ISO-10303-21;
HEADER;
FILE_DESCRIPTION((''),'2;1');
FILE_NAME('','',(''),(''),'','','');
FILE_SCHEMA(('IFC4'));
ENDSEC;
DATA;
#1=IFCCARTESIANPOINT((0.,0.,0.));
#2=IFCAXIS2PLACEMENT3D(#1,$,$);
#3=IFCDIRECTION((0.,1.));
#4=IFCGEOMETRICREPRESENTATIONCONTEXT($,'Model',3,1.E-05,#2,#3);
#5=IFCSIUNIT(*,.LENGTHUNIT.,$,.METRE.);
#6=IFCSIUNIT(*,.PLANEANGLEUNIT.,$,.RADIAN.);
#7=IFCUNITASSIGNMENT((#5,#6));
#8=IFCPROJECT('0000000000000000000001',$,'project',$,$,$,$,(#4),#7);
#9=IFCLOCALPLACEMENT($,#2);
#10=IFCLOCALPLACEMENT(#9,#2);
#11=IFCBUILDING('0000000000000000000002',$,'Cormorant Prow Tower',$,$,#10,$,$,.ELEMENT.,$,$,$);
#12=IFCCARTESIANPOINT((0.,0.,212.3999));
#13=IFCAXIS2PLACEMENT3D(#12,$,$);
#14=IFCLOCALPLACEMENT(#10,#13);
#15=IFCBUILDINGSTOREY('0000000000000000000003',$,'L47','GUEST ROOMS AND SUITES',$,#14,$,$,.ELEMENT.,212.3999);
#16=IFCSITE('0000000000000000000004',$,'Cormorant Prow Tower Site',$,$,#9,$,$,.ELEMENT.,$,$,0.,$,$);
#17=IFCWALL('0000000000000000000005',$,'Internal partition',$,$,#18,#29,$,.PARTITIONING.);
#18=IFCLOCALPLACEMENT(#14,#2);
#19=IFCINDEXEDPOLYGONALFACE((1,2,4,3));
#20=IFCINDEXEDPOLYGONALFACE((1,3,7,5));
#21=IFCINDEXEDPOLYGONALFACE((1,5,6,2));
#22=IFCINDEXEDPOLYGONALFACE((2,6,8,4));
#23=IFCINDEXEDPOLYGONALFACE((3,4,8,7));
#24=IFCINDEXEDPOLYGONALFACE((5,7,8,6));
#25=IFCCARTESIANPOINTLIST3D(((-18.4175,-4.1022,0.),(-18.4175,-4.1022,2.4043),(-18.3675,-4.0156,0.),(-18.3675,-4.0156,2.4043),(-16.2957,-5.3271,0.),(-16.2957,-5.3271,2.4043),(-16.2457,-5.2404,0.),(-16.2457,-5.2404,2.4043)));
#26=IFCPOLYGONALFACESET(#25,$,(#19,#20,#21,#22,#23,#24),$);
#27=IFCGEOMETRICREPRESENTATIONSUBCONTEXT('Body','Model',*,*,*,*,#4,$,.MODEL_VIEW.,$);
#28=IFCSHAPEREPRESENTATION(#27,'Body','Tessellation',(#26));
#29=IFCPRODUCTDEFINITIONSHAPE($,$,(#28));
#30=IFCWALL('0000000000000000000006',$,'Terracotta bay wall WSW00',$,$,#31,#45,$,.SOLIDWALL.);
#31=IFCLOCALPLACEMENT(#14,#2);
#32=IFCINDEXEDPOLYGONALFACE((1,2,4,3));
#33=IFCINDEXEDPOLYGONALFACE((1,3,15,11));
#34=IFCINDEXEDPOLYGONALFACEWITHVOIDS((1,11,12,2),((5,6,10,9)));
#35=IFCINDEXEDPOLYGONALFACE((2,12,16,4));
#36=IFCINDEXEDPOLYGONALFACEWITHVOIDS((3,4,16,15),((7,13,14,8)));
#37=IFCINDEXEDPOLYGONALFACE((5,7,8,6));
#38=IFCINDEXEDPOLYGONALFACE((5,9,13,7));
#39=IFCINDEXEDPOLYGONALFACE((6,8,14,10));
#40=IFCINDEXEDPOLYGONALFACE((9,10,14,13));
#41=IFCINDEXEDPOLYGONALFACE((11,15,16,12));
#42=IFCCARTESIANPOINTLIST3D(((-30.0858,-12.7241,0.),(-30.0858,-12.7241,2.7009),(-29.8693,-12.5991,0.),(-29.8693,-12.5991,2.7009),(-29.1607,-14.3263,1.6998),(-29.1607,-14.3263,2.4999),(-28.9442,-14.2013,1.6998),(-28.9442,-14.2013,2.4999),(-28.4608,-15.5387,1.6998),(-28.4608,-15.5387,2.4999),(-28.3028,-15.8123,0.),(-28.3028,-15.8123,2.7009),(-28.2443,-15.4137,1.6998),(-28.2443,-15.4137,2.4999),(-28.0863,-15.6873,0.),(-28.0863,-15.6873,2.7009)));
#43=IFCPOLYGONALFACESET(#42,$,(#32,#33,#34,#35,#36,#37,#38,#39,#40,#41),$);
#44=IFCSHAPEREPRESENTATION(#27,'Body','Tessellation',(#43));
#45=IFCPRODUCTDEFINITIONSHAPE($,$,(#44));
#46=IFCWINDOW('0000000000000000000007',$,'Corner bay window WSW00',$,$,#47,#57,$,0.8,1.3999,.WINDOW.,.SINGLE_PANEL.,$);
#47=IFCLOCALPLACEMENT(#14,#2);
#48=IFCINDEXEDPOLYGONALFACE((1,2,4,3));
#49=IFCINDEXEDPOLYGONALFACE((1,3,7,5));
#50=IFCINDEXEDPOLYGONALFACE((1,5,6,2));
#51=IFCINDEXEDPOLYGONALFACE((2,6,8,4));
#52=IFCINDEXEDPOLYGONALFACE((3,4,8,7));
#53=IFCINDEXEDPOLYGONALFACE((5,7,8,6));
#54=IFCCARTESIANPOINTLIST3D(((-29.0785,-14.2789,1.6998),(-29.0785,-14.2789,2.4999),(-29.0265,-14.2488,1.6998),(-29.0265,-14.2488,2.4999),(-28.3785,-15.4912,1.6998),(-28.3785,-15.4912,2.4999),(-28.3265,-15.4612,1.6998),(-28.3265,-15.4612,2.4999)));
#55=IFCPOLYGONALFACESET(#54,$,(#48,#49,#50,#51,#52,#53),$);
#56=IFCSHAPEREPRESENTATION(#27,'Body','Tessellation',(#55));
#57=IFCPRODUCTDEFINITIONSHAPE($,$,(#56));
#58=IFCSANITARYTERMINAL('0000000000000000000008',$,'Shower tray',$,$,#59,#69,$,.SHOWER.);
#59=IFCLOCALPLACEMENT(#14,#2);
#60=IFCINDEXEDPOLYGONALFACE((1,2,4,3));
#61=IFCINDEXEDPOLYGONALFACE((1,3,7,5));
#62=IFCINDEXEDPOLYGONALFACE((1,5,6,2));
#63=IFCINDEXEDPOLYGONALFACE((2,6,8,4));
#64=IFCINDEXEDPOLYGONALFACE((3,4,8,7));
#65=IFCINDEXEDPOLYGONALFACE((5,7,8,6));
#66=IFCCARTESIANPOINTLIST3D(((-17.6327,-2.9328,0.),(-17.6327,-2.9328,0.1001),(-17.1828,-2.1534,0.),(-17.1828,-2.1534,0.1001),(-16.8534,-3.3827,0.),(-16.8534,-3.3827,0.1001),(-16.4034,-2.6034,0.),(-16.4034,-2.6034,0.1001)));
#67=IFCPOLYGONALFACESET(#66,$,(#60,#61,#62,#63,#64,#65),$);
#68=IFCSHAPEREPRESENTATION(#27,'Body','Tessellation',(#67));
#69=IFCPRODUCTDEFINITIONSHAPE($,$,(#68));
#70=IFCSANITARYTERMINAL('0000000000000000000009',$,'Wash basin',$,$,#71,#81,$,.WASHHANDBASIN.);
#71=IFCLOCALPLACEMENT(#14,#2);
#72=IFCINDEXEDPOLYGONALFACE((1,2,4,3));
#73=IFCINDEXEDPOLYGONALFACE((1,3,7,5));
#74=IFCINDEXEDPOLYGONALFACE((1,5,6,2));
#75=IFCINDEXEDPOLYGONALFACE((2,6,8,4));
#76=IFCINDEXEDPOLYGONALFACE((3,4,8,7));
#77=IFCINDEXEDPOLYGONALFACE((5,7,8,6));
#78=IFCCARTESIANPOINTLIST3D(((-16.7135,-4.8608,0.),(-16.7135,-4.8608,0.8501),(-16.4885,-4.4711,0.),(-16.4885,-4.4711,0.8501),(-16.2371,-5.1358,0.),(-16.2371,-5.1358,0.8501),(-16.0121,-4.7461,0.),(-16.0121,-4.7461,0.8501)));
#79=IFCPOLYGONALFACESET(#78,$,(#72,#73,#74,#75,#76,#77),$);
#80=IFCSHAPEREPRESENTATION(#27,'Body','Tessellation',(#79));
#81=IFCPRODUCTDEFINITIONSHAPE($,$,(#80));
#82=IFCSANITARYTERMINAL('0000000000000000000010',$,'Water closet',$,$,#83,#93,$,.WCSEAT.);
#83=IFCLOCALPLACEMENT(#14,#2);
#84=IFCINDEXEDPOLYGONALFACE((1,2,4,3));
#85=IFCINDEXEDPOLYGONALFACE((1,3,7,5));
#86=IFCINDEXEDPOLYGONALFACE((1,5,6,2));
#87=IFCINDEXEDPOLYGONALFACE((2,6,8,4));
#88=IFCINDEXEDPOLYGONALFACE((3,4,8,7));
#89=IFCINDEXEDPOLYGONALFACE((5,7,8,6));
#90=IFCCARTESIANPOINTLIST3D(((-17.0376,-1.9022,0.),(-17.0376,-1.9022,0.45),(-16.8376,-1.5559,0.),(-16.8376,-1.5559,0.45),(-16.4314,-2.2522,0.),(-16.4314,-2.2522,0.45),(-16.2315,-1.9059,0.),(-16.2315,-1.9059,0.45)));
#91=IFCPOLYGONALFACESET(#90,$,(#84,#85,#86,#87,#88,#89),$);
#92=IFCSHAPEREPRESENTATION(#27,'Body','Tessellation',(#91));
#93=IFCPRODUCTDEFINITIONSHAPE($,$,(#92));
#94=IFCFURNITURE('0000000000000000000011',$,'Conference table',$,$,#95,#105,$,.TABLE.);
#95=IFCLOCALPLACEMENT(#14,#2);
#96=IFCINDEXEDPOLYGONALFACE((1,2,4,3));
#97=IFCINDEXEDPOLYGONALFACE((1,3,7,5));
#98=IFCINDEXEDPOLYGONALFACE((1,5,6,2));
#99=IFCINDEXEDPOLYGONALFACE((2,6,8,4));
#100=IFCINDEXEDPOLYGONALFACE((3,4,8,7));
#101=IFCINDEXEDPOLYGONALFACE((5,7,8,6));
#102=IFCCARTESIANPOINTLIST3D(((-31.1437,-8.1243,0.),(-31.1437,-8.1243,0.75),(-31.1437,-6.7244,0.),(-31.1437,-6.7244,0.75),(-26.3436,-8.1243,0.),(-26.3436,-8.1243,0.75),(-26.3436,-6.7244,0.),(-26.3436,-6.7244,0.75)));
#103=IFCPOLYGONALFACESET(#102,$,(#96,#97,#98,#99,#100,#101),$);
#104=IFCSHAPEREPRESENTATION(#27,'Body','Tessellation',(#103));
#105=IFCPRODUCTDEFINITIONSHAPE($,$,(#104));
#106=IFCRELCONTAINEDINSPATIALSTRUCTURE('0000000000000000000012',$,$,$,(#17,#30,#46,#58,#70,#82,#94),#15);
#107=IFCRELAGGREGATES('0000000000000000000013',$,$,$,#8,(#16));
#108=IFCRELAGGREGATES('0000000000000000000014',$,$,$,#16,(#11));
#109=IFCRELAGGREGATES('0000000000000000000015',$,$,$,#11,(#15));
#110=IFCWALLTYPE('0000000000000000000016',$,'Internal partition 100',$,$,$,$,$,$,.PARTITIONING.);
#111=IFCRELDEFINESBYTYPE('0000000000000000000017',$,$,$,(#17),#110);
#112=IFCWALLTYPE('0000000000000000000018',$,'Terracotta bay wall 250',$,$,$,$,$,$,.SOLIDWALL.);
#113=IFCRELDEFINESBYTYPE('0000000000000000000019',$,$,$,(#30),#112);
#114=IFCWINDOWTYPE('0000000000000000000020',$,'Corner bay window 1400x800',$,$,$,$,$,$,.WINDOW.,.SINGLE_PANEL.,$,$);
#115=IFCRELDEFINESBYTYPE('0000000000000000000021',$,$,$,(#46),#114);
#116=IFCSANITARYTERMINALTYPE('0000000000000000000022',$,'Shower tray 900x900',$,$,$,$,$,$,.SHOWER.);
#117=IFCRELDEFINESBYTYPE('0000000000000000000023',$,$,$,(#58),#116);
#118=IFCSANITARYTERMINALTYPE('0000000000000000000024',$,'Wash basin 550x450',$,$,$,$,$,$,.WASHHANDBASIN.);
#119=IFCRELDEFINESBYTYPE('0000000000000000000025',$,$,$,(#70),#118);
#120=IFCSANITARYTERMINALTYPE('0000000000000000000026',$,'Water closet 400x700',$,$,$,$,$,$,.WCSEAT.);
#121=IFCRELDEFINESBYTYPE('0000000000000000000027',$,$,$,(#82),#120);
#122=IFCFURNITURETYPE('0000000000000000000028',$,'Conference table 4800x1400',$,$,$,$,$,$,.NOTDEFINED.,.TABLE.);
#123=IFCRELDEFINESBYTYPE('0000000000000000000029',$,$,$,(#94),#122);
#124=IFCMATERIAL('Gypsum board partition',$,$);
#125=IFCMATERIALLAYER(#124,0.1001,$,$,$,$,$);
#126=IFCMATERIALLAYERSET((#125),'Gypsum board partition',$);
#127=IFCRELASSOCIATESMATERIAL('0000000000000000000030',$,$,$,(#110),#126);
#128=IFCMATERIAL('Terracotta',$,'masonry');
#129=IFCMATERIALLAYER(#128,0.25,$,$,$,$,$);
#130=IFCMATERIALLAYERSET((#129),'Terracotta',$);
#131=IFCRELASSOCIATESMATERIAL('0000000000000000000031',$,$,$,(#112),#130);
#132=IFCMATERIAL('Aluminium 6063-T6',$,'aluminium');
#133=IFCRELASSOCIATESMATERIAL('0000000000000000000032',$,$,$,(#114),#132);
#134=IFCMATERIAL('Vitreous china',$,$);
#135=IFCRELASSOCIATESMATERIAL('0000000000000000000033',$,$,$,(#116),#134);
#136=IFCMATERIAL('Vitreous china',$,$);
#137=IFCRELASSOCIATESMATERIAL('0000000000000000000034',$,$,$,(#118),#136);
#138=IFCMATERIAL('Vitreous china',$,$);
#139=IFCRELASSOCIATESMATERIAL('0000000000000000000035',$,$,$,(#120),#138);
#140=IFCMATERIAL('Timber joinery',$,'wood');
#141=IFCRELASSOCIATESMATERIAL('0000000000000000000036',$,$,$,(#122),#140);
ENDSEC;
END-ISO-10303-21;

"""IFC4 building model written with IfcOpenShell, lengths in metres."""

from ifc_helpers import new_model, si_unit, direction, frame, frame_2d, origin, origin_2d, place, context, subcontext, project, spatial, rectangle, extrude, material, layer, layer_set, type_object, element, fill, save


model = new_model("IFC4")

# Units and contexts
model_context = context("Model", 3, precision=1e-05, world=origin(), true_north=direction((0.0, 1.0)))
body_context = subcontext(model_context, "Body", "Model", "MODEL_VIEW")
ifc_project = project(units=[si_unit("LENGTHUNIT", "METRE"), si_unit("PLANEANGLEUNIT", "RADIAN")], contexts=[model_context])

# Site, building, storey
site_placement = place(None, origin())
site = spatial("IfcSite", under=ifc_project, at=site_placement, Name="Cormorant Prow Tower Site", CompositionType="ELEMENT", RefElevation=0.0)
building_placement = place(site_placement, origin())
building = spatial("IfcBuilding", under=site, at=building_placement, Name="Cormorant Prow Tower", CompositionType="ELEMENT")
storey_placement = place(building_placement, frame((0.0, 0.0, 212.3999)))
storey = spatial("IfcBuildingStorey", under=building, at=storey_placement, Name="L47", Description="GUEST ROOMS AND SUITES", CompositionType="ELEMENT", Elevation=212.3999)

# Shared definitions
ifc_material_1 = material(Name="Gypsum board partition")
ifc_layer_1 = layer(ifc_material_1, 0.1001)
ifc_layer_set_1 = layer_set([ifc_layer_1], Name="Gypsum board partition")
wall_type_1 = type_object("IfcWallType", Name="Internal partition 100", PredefinedType="PARTITIONING", material=ifc_layer_set_1)

# Wall
wall_1_placement = place(storey_placement, frame((-18.3926, -4.0588, 0.0), z_axis=(0.0, 0.0, 1.0), x_axis=(0.866058, -0.499944, 0.0)))
element("IfcWall", 1, at=wall_1_placement, inside=storey, type_object=wall_type_1, Name="Internal partition", PredefinedType="PARTITIONING", context=body_context, shape_type="SweptSolid", body=[
    extrude(rectangle(XDim=2.45, YDim=0.1001, at=frame_2d((1.2251, 0.0))), origin(), (0.0, 0.0, 1.0), 2.4043),
])

# Wall, opening, window
ifc_material_2 = material(Name="Terracotta", Category="masonry")
ifc_layer_2 = layer(ifc_material_2, 0.25)
ifc_layer_set_2 = layer_set([ifc_layer_2], Name="Terracotta")
wall_type_2 = type_object("IfcWallType", Name="Terracotta bay wall 250", PredefinedType="SOLIDWALL", material=ifc_layer_set_2)
wall_2_placement = place(storey_placement, frame((-29.9775, -12.6616, 0.0), z_axis=(0.0, 0.0, 1.0), x_axis=(0.500005, -0.866023, 0.0)))
wall_2 = element("IfcWall", 2, at=wall_2_placement, inside=storey, type_object=wall_type_2, Name="Terracotta bay wall WSW00", PredefinedType="SOLIDWALL", context=body_context, shape_type="SweptSolid", body=[
    extrude(rectangle(XDim=3.5659, YDim=0.25, at=frame_2d((1.783, 0.0))), origin(), (0.0, 0.0, 1.0), 2.7009),
])
opening_1_placement = place(wall_2_placement, frame((1.8501, 0.0, 1.7)))
opening_1 = element("IfcOpeningElement", 3, at=opening_1_placement, cuts=wall_2, PredefinedType="OPENING", context=body_context, shape_type="SweptSolid", body=[
    extrude(rectangle(XDim=1.3999, YDim=0.8, at=frame_2d((0.7, 0.3999))), frame((0.0, 0.135, 0.0), z_axis=(0.0, -1.0, 0.0), x_axis=(1.0, 0.0, 0.0)), (0.0, 0.0, 1.0), 0.27),
])
ifc_material_3 = material(Name="Aluminium 6063-T6", Category="aluminium")
window_type = type_object("IfcWindowType", Name="Corner bay window 1400x800", PartitioningType="SINGLE_PANEL", PredefinedType="WINDOW", material=ifc_material_3)
window_placement = place(opening_1_placement, origin())
window = element("IfcWindow", 4, at=window_placement, inside=storey, type_object=window_type, Name="Corner bay window WSW00", OverallHeight=0.8, OverallWidth=1.3999, PartitioningType="SINGLE_PANEL", PredefinedType="WINDOW", context=body_context, shape_type="SweptSolid", body=[
    extrude(rectangle(XDim=1.3999, YDim=0.8, at=frame_2d((0.7, 0.3999))), frame((0.0, 0.03, 0.0), z_axis=(0.0, -1.0, 0.0), x_axis=(1.0, 0.0, 0.0)), (0.0, 0.0, 1.0), 0.0601),
])
fill(opening_1, window)

# Sanitary terminals
ifc_material_4 = material(Name="Vitreous china")
sanitary_terminal_type_1 = type_object("IfcSanitaryTerminalType", Name="Shower tray 900x900", PredefinedType="SHOWER", material=ifc_material_4)
sanitary_terminal_1_placement = place(storey_placement, frame((-17.0181, -2.7681, 0.0), z_axis=(0.0, 0.0, 1.0), x_axis=(0.866025, -0.5, 0.0)))
element("IfcSanitaryTerminal", 5, at=sanitary_terminal_1_placement, inside=storey, type_object=sanitary_terminal_type_1, Name="Shower tray", PredefinedType="SHOWER", context=body_context, shape_type="SweptSolid", body=[
    extrude(rectangle(XDim=0.8999, YDim=0.8999, at=origin_2d()), origin(), (0.0, 0.0, 1.0), 0.1001),
])
ifc_material_5 = material(Name="Vitreous china")
sanitary_terminal_type_2 = type_object("IfcSanitaryTerminalType", Name="Wash basin 550x450", PredefinedType="WASHHANDBASIN", material=ifc_material_5)
sanitary_terminal_2_placement = place(storey_placement, frame((-16.3628, -4.8035, 0.0), z_axis=(0.0, 0.0, 1.0), x_axis=(-0.866025, 0.5, 0.0)))
element("IfcSanitaryTerminal", 6, at=sanitary_terminal_2_placement, inside=storey, type_object=sanitary_terminal_type_2, Name="Wash basin", PredefinedType="WASHHANDBASIN", context=body_context, shape_type="SweptSolid", body=[
    extrude(rectangle(XDim=0.55, YDim=0.45, at=origin_2d()), origin(), (0.0, 0.0, 1.0), 0.8501),
])
ifc_material_6 = material(Name="Vitreous china")
sanitary_terminal_type_3 = type_object("IfcSanitaryTerminalType", Name="Water closet 400x700", PredefinedType="WCSEAT", material=ifc_material_6)
sanitary_terminal_3_placement = place(storey_placement, frame((-16.6345, -1.9041, 0.0), z_axis=(0.0, 0.0, 1.0), x_axis=(0.5, 0.866025, 0.0)))
element("IfcSanitaryTerminal", 7, at=sanitary_terminal_3_placement, inside=storey, type_object=sanitary_terminal_type_3, Name="Water closet", PredefinedType="WCSEAT", context=body_context, shape_type="SweptSolid", body=[
    extrude(rectangle(XDim=0.3999, YDim=0.7, at=origin_2d()), origin(), (0.0, 0.0, 1.0), 0.45),
])

# Furniture
ifc_material_7 = material(Name="Timber joinery", Category="wood")
furniture_type = type_object("IfcFurnitureType", Name="Conference table 4800x1400", AssemblyPlace="NOTDEFINED", PredefinedType="TABLE", material=ifc_material_7)
furniture_placement = place(storey_placement, frame((-28.7437, -7.4243, 0.0), z_axis=(0.0, 0.0, 1.0), x_axis=(1.0, 0.0, 0.0)))
element("IfcFurniture", 8, at=furniture_placement, inside=storey, type_object=furniture_type, Name="Conference table", PredefinedType="TABLE", context=body_context, shape_type="SweptSolid", body=[
    extrude(rectangle(XDim=4.8, YDim=1.3999, at=origin_2d()), origin(), (0.0, 0.0, 1.0), 0.75),
])

save(model, "model.ifc")
